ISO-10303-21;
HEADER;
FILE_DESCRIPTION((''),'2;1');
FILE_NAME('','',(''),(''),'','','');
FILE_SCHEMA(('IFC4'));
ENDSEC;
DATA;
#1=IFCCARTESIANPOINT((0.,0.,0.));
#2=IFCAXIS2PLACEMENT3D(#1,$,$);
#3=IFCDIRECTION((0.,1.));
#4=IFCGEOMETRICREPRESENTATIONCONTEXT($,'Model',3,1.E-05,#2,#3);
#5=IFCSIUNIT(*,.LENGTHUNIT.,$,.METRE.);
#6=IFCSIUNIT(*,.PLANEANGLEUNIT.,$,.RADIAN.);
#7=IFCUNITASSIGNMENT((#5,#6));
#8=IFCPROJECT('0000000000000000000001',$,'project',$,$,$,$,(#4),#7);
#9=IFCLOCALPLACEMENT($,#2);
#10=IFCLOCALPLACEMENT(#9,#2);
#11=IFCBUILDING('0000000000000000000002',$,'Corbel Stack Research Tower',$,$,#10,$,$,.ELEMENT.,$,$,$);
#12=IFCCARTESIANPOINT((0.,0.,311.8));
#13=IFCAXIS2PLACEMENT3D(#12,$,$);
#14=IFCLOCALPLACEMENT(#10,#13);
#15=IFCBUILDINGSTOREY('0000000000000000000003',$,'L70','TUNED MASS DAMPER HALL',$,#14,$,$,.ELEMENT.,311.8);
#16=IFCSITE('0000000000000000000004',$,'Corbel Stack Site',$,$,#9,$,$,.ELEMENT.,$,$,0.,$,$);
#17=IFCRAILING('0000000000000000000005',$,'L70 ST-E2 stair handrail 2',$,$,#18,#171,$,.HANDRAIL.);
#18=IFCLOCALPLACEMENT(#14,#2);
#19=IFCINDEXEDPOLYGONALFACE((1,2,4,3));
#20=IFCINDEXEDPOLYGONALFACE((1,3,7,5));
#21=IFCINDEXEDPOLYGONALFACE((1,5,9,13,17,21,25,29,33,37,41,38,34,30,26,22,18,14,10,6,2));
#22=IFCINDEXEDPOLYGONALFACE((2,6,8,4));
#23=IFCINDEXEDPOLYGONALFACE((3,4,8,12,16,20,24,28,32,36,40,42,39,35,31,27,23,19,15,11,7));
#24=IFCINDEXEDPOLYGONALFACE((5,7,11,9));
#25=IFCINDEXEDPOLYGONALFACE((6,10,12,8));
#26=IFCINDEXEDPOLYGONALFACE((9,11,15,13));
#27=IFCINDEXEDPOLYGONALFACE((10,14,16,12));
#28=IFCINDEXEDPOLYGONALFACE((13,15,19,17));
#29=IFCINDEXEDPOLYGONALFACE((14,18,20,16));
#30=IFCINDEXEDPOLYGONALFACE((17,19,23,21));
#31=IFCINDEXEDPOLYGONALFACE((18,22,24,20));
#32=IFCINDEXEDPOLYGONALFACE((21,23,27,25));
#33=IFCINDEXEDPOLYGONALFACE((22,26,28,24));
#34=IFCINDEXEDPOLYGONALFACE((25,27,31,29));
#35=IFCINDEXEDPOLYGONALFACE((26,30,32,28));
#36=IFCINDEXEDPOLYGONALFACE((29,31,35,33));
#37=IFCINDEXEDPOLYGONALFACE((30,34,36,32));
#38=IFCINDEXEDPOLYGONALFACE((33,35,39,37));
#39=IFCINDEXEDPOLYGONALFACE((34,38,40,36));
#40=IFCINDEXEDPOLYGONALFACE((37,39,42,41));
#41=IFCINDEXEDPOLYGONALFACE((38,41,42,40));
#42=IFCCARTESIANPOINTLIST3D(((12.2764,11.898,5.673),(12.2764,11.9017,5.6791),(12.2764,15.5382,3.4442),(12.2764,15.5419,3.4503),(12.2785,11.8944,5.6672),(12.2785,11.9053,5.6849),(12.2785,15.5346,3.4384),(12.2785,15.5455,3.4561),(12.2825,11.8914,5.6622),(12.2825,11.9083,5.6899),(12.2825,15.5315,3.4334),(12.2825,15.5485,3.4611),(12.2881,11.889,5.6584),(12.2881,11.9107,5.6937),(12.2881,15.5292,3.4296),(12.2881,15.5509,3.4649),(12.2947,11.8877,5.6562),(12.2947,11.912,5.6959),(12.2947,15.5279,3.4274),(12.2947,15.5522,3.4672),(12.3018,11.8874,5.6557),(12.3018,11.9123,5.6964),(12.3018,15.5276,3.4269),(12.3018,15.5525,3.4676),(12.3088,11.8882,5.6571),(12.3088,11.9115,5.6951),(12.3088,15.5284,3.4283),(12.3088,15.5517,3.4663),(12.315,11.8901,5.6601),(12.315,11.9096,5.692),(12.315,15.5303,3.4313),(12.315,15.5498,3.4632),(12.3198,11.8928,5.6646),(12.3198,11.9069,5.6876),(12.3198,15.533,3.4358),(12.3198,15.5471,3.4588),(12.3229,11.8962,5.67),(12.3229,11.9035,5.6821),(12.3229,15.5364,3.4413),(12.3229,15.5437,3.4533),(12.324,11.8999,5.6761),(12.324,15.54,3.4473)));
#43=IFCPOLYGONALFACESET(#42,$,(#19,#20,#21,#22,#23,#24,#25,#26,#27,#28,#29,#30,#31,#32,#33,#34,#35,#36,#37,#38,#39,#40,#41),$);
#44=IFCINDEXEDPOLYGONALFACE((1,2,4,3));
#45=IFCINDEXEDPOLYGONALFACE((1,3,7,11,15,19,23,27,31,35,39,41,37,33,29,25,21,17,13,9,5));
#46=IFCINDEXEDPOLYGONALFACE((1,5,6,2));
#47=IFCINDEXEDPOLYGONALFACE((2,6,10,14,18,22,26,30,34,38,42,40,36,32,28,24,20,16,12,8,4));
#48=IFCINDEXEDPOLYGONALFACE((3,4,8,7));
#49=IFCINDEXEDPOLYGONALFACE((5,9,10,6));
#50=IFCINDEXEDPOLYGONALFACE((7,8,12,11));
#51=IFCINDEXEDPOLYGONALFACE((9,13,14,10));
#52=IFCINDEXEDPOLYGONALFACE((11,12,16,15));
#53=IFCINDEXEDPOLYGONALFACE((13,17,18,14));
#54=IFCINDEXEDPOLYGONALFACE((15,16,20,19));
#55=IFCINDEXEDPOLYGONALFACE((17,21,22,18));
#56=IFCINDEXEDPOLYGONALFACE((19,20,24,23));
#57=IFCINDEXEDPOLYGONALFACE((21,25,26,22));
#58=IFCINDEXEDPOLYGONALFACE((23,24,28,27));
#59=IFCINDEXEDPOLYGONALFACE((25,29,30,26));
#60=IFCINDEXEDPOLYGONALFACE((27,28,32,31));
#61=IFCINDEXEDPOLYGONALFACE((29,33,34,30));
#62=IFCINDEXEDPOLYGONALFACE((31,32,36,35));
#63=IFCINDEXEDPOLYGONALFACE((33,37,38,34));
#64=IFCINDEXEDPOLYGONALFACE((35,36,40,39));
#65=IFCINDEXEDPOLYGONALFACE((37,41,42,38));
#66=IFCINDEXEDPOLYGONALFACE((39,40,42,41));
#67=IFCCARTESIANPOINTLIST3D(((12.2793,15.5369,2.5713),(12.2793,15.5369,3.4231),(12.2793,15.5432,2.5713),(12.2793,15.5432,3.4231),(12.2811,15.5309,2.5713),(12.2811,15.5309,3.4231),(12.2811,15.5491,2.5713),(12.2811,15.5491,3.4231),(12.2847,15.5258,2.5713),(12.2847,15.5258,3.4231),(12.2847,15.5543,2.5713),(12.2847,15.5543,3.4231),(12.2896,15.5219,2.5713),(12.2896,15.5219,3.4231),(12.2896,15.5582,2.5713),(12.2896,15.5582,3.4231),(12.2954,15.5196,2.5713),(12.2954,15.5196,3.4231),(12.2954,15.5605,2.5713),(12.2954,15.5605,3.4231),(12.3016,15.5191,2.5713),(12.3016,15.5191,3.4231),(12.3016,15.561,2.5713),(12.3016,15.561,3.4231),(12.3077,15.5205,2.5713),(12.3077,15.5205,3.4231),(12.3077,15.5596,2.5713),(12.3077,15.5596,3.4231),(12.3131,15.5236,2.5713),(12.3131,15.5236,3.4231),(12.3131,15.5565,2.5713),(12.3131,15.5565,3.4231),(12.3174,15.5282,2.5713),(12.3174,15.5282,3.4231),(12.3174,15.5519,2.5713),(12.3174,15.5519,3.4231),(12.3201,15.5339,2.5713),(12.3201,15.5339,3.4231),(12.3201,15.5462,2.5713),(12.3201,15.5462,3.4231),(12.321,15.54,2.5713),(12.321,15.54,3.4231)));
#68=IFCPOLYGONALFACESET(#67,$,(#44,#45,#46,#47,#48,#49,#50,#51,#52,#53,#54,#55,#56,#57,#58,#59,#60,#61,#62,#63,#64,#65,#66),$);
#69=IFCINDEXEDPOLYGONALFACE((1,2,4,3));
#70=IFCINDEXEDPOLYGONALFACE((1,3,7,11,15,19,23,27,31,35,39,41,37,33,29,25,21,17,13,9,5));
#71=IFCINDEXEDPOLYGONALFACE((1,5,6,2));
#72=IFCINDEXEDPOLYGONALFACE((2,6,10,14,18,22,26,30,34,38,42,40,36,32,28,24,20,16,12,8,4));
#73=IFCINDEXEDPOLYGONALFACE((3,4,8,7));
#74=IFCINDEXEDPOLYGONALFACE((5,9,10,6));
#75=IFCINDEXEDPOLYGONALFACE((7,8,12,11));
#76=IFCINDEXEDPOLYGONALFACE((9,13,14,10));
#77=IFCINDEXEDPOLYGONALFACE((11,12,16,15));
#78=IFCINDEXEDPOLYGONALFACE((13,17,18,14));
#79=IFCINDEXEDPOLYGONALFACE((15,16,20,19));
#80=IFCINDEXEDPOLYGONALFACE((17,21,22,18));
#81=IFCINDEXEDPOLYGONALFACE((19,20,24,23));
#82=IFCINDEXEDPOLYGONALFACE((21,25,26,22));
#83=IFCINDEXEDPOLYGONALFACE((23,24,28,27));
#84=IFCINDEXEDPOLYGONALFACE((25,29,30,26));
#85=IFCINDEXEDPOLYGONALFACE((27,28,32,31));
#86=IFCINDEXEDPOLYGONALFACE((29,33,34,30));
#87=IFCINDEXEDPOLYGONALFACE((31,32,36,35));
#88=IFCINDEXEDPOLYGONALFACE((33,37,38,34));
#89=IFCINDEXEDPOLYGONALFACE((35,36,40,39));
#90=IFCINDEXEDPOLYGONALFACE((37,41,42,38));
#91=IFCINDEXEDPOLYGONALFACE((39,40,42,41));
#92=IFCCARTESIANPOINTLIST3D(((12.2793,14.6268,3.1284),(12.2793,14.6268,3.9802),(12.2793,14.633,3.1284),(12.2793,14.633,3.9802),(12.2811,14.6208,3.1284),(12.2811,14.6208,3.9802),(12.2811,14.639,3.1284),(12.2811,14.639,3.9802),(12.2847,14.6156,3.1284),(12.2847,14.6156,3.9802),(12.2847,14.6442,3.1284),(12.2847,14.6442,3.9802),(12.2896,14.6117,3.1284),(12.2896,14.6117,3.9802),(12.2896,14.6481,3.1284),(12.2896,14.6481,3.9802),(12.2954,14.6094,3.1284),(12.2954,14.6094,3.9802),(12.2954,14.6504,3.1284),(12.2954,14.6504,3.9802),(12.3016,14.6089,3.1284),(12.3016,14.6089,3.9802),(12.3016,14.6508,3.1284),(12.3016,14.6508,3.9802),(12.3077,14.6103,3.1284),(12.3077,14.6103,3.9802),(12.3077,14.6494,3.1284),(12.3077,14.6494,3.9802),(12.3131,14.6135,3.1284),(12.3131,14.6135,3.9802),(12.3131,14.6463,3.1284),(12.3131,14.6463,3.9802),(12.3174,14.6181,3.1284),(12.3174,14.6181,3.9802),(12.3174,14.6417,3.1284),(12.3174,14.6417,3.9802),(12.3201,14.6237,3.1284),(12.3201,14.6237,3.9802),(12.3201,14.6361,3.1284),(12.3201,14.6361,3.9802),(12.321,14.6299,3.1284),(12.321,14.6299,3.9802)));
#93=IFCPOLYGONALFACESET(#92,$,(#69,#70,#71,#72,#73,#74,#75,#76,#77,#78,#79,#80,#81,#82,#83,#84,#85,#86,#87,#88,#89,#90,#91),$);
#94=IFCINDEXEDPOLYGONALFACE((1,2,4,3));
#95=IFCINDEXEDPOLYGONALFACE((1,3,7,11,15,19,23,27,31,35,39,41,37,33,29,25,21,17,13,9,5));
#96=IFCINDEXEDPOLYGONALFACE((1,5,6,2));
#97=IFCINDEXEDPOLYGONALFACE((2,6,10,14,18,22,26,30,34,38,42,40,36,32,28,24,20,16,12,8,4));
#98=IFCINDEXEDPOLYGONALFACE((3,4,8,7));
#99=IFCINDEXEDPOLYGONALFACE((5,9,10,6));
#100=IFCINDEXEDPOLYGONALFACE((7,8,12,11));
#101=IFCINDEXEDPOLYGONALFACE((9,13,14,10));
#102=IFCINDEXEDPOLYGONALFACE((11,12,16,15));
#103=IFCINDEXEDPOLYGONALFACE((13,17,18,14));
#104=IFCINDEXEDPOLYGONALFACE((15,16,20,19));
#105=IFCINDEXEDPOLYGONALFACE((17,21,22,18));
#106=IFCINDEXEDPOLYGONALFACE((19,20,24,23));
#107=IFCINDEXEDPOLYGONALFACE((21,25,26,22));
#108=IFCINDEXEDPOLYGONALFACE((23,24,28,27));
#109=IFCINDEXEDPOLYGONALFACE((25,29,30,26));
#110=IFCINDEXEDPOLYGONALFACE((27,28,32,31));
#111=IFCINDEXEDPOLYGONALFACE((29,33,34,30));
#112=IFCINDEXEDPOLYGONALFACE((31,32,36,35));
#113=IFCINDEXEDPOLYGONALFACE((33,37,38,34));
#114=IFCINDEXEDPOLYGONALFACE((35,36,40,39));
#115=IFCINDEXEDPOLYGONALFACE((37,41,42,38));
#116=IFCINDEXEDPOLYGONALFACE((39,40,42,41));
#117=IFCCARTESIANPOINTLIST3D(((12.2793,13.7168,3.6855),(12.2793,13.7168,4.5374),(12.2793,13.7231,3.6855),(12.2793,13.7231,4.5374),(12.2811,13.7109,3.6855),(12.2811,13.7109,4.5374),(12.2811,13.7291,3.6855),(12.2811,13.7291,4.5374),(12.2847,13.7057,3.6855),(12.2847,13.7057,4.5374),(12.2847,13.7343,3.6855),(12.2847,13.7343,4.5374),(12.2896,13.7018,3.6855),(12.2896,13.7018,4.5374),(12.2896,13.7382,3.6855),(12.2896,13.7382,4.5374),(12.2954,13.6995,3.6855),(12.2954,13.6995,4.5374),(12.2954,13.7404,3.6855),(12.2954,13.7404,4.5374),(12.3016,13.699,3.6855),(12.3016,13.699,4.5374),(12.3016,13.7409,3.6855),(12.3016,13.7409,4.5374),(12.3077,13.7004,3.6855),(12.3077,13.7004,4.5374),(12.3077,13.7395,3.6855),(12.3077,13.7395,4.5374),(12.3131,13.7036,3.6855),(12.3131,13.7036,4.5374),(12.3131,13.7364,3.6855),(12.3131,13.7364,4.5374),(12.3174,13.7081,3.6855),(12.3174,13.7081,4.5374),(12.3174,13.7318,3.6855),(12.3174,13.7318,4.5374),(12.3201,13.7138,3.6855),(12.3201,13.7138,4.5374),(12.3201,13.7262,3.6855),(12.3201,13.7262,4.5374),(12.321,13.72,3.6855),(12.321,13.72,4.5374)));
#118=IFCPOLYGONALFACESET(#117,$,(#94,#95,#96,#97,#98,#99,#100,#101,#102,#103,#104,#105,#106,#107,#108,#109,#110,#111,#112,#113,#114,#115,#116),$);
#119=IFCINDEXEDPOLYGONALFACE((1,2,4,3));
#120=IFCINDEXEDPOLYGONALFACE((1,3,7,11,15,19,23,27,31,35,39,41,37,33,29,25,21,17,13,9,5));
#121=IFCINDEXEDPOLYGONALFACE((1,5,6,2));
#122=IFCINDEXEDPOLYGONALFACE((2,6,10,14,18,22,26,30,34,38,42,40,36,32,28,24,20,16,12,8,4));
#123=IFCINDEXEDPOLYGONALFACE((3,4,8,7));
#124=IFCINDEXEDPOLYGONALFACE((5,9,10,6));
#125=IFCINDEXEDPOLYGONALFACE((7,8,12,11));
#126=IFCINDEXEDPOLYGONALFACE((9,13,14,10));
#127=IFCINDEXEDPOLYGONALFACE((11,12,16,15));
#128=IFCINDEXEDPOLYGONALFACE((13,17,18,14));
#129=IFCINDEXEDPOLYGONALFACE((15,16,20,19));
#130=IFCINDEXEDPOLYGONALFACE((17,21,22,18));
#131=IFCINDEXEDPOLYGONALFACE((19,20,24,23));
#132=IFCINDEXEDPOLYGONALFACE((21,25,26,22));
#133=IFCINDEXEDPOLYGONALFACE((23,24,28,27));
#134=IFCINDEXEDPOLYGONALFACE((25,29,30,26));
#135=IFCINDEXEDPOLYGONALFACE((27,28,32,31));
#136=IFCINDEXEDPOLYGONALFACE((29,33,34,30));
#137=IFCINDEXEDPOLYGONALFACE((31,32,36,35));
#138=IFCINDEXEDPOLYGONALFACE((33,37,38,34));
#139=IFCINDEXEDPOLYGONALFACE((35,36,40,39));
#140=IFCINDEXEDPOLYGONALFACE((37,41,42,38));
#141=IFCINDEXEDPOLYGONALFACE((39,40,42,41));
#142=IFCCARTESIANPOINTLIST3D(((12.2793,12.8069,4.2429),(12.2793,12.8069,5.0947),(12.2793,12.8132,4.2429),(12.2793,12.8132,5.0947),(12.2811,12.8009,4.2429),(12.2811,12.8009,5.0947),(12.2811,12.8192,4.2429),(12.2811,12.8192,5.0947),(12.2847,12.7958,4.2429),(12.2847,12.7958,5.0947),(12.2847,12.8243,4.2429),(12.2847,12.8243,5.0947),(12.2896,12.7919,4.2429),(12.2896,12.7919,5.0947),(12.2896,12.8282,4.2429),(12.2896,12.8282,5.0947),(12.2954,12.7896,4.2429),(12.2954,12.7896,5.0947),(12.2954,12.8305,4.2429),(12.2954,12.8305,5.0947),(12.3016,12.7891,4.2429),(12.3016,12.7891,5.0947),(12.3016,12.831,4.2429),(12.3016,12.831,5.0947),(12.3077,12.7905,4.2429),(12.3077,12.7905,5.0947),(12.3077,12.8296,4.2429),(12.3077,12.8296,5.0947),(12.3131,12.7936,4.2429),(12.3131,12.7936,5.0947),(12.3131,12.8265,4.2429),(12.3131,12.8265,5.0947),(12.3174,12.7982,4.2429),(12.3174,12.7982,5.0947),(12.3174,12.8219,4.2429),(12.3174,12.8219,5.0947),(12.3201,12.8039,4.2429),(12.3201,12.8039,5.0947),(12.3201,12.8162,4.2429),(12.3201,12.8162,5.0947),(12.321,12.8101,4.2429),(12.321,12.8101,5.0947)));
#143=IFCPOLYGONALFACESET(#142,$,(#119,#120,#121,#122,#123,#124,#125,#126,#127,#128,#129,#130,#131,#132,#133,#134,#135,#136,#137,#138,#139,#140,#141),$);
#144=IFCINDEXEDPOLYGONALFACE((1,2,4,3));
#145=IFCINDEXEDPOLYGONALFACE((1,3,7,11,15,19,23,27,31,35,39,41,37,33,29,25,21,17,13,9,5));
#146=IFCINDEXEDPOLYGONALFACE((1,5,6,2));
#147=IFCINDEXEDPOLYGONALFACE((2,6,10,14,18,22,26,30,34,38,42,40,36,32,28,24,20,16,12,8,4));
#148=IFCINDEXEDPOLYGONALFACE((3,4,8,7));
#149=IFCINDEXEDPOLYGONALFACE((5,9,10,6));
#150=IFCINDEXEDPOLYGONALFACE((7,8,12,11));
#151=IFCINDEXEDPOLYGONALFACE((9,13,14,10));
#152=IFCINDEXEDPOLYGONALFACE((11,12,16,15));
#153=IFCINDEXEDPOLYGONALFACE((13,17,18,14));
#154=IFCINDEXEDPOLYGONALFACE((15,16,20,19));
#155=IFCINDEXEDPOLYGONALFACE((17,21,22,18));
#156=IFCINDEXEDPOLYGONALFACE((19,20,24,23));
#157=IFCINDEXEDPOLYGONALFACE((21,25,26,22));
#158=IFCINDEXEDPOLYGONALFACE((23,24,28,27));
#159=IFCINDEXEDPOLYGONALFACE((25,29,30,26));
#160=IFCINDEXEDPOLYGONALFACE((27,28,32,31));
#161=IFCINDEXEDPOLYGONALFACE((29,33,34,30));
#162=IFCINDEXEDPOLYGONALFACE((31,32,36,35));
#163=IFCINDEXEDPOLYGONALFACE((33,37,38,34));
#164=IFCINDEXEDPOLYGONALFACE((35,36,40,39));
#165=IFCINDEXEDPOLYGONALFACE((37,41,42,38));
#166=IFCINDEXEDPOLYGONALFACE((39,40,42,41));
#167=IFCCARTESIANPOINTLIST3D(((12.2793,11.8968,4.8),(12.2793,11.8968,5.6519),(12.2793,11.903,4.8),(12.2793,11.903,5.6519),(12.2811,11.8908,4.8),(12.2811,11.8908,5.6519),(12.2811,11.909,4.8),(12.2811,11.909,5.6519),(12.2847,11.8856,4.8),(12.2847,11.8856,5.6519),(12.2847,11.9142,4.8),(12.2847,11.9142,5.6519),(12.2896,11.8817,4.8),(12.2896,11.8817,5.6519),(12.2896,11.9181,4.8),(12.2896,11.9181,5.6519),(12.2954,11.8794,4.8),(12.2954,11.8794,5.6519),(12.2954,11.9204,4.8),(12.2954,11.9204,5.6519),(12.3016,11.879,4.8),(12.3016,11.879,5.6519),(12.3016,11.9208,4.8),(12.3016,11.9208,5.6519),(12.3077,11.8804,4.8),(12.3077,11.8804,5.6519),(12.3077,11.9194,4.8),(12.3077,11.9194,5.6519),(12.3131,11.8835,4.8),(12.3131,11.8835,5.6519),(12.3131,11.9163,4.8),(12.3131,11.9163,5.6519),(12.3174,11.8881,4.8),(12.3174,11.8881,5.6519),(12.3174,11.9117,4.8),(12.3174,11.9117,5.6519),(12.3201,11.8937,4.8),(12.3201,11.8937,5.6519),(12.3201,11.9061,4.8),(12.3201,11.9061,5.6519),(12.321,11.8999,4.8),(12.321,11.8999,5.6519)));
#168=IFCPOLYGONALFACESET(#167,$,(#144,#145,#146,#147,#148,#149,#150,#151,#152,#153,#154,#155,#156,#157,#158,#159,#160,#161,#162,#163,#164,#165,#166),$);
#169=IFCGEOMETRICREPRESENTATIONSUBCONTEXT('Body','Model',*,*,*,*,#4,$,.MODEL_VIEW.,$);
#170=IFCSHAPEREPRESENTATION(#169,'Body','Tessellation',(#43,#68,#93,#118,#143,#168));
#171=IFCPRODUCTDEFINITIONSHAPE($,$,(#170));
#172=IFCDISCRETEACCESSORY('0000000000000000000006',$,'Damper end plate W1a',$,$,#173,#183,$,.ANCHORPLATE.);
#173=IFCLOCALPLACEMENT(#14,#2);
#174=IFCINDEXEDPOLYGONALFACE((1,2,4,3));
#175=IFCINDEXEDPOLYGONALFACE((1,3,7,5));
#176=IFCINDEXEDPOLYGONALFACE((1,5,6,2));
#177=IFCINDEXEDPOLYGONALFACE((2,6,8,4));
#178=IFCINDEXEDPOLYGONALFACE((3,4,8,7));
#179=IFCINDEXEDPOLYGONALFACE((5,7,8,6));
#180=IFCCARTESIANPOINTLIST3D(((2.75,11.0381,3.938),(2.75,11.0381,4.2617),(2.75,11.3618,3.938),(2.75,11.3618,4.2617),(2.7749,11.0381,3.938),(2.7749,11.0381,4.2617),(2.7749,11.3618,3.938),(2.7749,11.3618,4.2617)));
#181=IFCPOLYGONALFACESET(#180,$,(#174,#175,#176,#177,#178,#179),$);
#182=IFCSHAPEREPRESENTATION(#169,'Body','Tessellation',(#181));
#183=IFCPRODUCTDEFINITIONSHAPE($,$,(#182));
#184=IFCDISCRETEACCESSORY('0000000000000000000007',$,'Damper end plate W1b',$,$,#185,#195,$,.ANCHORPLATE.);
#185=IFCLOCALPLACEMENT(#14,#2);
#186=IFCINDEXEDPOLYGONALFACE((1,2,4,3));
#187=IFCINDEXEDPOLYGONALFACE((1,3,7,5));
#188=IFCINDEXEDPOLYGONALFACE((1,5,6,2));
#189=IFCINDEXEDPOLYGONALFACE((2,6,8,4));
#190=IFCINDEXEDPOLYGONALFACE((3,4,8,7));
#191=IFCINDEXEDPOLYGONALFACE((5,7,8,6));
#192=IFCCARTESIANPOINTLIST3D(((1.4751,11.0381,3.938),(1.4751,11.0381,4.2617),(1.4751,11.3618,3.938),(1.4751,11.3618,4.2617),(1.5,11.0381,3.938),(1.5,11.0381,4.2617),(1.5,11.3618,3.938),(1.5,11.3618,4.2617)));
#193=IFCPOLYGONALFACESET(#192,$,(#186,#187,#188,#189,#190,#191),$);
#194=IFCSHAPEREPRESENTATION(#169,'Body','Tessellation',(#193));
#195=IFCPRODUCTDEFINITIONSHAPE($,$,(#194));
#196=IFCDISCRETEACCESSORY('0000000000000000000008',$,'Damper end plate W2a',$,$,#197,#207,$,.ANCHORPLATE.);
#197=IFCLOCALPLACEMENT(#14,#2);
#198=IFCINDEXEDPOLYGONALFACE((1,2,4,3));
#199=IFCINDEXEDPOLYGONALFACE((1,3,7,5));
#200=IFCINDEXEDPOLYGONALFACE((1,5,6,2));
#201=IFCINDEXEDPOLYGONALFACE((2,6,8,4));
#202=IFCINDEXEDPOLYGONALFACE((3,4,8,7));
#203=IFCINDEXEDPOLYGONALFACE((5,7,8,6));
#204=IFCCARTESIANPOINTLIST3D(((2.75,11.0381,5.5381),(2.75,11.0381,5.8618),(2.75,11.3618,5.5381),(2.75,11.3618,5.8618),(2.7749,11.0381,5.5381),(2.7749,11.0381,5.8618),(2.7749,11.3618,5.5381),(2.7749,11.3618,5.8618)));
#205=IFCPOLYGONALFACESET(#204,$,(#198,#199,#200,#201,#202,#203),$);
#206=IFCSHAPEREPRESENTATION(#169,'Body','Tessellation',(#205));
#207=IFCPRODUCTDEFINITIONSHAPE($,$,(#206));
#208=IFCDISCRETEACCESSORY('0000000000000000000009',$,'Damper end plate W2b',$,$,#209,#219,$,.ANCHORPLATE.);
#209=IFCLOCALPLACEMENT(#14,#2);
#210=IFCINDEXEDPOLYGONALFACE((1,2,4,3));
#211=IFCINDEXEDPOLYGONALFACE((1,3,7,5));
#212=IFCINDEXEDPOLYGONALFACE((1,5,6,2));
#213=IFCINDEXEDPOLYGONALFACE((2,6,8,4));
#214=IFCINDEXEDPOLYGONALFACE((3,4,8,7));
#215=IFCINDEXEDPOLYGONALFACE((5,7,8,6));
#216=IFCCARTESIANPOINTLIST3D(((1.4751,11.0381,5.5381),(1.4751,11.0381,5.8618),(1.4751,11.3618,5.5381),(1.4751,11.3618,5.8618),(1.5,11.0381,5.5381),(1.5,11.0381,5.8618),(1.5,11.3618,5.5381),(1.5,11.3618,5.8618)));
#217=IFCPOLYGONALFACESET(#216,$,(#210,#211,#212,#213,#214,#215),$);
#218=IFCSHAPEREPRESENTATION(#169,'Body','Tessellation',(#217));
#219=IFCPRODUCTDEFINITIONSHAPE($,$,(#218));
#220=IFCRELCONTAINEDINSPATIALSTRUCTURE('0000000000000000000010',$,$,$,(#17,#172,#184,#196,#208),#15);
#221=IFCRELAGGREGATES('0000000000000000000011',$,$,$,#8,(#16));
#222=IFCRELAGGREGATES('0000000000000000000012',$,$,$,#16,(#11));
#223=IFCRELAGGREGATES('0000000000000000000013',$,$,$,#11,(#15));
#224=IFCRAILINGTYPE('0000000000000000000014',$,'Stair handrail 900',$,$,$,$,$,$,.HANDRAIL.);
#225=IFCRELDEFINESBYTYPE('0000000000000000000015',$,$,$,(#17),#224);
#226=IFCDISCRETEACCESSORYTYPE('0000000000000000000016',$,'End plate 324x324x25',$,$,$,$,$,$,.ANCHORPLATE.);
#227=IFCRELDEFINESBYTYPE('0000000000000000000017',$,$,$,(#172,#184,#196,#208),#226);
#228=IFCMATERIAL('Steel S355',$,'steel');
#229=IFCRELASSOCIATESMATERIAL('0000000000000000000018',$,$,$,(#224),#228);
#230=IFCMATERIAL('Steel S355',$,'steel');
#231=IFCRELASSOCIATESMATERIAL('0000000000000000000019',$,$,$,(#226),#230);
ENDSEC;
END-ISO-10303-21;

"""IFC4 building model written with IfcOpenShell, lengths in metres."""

from ifc_helpers import new_model, si_unit, direction, frame, origin, origin_2d, place, context, subcontext, project, spatial, rectangle, circle, extrude, material, material_profile, profile_set, type_object, element, save


model = new_model("IFC4")

# Units and contexts
model_context = context("Model", 3, precision=1e-05, world=origin(), true_north=direction((0.0, 1.0)))
body_context = subcontext(model_context, "Body", "Model", "MODEL_VIEW")
ifc_project = project(units=[si_unit("LENGTHUNIT", "METRE"), si_unit("PLANEANGLEUNIT", "RADIAN")], contexts=[model_context])

# Site, building, storey
site_placement = place(None, origin())
site = spatial("IfcSite", under=ifc_project, at=site_placement, Name="Corbel Stack Site", CompositionType="ELEMENT", RefElevation=0.0)
building_placement = place(site_placement, origin())
building = spatial("IfcBuilding", under=site, at=building_placement, Name="Corbel Stack Research Tower", CompositionType="ELEMENT")
storey_placement = place(building_placement, frame((0.0, 0.0, 311.8)))
storey = spatial("IfcBuildingStorey", under=building, at=storey_placement, Name="L70", Description="TUNED MASS DAMPER HALL", CompositionType="ELEMENT", Elevation=311.8)

# Railing
ifc_material_1 = material(Name="Steel S355", Category="steel")
railing_type = type_object("IfcRailingType", Name="Stair handrail 900", PredefinedType="HANDRAIL", material=ifc_material_1)
railing_placement = place(storey_placement, frame((12.3, 15.54, 2.5713)))
element("IfcRailing", 1, at=railing_placement, inside=storey, type_object=railing_type, Name="L70 ST-E2 stair handrail 2", PredefinedType="HANDRAIL", context=body_context, shape_type="SweptSolid", body=[
    extrude(circle(Radius=0.0239, at=origin_2d()), frame((0.0, 0.0, 0.876), z_axis=(0.0, -0.85284, 0.522172), x_axis=(1.0, 0.0, 0.0)), (0.0, 0.0, 1.0), 4.2683),
    extrude(circle(Radius=0.021, at=origin_2d()), origin(), (0.0, 0.0, 1.0), 0.8518),
    extrude(circle(Radius=0.021, at=origin_2d()), frame((0.0, -0.9102, 0.5571)), (0.0, 0.0, 1.0), 0.8518),
    extrude(circle(Radius=0.021, at=origin_2d()), frame((0.0, -1.8201, 1.1143)), (0.0, 0.0, 1.0), 0.8518),
    extrude(circle(Radius=0.021, at=origin_2d()), frame((0.0, -2.73, 1.6716)), (0.0, 0.0, 1.0), 0.8518),
    extrude(circle(Radius=0.021, at=origin_2d()), frame((0.0, -3.6401, 2.2288)), (0.0, 0.0, 1.0), 0.8518),
])

# Discrete accessories
ifc_material_2 = material(Name="Steel S355", Category="steel")
ifc_material_profile_1 = material_profile(ifc_material_2, rectangle(XDim=0.3237, YDim=0.3237, at=origin_2d()), Name="End plate 324x324x25")
ifc_profile_set_1 = profile_set([ifc_material_profile_1], Name="Steel S355")
discrete_accessory_type = type_object("IfcDiscreteAccessoryType", Name="End plate 324x324x25", PredefinedType="ANCHORPLATE", material=ifc_profile_set_1)
for number, where, z_axis, x_axis, name in (
    (2, (2.75, 11.2, 4.0999), (1.0, 0.0, 0.0), (0.0, 1.0, 0.0), "Damper end plate W1a"),
    (3, (1.5, 11.2, 4.0999), (-1.0, 0.0, 0.0), (0.0, -1.0, 0.0), "Damper end plate W1b"),
    (4, (2.75, 11.2, 5.7), (1.0, 0.0, 0.0), (0.0, 1.0, 0.0), "Damper end plate W2a"),
    (5, (1.5, 11.2, 5.7), (-1.0, 0.0, 0.0), (0.0, -1.0, 0.0), "Damper end plate W2b"),
):
    element("IfcDiscreteAccessory", number, at=place(storey_placement, frame(where, z_axis=z_axis, x_axis=x_axis)), inside=storey, type_object=discrete_accessory_type, Name=name, PredefinedType="ANCHORPLATE", context=body_context, shape_type="SweptSolid", body=[
        extrude(rectangle(XDim=0.3237, YDim=0.3237, at=origin_2d()), origin(), (0.0, 0.0, 1.0), 0.0249),
    ])

save(model, "model.ifc")
